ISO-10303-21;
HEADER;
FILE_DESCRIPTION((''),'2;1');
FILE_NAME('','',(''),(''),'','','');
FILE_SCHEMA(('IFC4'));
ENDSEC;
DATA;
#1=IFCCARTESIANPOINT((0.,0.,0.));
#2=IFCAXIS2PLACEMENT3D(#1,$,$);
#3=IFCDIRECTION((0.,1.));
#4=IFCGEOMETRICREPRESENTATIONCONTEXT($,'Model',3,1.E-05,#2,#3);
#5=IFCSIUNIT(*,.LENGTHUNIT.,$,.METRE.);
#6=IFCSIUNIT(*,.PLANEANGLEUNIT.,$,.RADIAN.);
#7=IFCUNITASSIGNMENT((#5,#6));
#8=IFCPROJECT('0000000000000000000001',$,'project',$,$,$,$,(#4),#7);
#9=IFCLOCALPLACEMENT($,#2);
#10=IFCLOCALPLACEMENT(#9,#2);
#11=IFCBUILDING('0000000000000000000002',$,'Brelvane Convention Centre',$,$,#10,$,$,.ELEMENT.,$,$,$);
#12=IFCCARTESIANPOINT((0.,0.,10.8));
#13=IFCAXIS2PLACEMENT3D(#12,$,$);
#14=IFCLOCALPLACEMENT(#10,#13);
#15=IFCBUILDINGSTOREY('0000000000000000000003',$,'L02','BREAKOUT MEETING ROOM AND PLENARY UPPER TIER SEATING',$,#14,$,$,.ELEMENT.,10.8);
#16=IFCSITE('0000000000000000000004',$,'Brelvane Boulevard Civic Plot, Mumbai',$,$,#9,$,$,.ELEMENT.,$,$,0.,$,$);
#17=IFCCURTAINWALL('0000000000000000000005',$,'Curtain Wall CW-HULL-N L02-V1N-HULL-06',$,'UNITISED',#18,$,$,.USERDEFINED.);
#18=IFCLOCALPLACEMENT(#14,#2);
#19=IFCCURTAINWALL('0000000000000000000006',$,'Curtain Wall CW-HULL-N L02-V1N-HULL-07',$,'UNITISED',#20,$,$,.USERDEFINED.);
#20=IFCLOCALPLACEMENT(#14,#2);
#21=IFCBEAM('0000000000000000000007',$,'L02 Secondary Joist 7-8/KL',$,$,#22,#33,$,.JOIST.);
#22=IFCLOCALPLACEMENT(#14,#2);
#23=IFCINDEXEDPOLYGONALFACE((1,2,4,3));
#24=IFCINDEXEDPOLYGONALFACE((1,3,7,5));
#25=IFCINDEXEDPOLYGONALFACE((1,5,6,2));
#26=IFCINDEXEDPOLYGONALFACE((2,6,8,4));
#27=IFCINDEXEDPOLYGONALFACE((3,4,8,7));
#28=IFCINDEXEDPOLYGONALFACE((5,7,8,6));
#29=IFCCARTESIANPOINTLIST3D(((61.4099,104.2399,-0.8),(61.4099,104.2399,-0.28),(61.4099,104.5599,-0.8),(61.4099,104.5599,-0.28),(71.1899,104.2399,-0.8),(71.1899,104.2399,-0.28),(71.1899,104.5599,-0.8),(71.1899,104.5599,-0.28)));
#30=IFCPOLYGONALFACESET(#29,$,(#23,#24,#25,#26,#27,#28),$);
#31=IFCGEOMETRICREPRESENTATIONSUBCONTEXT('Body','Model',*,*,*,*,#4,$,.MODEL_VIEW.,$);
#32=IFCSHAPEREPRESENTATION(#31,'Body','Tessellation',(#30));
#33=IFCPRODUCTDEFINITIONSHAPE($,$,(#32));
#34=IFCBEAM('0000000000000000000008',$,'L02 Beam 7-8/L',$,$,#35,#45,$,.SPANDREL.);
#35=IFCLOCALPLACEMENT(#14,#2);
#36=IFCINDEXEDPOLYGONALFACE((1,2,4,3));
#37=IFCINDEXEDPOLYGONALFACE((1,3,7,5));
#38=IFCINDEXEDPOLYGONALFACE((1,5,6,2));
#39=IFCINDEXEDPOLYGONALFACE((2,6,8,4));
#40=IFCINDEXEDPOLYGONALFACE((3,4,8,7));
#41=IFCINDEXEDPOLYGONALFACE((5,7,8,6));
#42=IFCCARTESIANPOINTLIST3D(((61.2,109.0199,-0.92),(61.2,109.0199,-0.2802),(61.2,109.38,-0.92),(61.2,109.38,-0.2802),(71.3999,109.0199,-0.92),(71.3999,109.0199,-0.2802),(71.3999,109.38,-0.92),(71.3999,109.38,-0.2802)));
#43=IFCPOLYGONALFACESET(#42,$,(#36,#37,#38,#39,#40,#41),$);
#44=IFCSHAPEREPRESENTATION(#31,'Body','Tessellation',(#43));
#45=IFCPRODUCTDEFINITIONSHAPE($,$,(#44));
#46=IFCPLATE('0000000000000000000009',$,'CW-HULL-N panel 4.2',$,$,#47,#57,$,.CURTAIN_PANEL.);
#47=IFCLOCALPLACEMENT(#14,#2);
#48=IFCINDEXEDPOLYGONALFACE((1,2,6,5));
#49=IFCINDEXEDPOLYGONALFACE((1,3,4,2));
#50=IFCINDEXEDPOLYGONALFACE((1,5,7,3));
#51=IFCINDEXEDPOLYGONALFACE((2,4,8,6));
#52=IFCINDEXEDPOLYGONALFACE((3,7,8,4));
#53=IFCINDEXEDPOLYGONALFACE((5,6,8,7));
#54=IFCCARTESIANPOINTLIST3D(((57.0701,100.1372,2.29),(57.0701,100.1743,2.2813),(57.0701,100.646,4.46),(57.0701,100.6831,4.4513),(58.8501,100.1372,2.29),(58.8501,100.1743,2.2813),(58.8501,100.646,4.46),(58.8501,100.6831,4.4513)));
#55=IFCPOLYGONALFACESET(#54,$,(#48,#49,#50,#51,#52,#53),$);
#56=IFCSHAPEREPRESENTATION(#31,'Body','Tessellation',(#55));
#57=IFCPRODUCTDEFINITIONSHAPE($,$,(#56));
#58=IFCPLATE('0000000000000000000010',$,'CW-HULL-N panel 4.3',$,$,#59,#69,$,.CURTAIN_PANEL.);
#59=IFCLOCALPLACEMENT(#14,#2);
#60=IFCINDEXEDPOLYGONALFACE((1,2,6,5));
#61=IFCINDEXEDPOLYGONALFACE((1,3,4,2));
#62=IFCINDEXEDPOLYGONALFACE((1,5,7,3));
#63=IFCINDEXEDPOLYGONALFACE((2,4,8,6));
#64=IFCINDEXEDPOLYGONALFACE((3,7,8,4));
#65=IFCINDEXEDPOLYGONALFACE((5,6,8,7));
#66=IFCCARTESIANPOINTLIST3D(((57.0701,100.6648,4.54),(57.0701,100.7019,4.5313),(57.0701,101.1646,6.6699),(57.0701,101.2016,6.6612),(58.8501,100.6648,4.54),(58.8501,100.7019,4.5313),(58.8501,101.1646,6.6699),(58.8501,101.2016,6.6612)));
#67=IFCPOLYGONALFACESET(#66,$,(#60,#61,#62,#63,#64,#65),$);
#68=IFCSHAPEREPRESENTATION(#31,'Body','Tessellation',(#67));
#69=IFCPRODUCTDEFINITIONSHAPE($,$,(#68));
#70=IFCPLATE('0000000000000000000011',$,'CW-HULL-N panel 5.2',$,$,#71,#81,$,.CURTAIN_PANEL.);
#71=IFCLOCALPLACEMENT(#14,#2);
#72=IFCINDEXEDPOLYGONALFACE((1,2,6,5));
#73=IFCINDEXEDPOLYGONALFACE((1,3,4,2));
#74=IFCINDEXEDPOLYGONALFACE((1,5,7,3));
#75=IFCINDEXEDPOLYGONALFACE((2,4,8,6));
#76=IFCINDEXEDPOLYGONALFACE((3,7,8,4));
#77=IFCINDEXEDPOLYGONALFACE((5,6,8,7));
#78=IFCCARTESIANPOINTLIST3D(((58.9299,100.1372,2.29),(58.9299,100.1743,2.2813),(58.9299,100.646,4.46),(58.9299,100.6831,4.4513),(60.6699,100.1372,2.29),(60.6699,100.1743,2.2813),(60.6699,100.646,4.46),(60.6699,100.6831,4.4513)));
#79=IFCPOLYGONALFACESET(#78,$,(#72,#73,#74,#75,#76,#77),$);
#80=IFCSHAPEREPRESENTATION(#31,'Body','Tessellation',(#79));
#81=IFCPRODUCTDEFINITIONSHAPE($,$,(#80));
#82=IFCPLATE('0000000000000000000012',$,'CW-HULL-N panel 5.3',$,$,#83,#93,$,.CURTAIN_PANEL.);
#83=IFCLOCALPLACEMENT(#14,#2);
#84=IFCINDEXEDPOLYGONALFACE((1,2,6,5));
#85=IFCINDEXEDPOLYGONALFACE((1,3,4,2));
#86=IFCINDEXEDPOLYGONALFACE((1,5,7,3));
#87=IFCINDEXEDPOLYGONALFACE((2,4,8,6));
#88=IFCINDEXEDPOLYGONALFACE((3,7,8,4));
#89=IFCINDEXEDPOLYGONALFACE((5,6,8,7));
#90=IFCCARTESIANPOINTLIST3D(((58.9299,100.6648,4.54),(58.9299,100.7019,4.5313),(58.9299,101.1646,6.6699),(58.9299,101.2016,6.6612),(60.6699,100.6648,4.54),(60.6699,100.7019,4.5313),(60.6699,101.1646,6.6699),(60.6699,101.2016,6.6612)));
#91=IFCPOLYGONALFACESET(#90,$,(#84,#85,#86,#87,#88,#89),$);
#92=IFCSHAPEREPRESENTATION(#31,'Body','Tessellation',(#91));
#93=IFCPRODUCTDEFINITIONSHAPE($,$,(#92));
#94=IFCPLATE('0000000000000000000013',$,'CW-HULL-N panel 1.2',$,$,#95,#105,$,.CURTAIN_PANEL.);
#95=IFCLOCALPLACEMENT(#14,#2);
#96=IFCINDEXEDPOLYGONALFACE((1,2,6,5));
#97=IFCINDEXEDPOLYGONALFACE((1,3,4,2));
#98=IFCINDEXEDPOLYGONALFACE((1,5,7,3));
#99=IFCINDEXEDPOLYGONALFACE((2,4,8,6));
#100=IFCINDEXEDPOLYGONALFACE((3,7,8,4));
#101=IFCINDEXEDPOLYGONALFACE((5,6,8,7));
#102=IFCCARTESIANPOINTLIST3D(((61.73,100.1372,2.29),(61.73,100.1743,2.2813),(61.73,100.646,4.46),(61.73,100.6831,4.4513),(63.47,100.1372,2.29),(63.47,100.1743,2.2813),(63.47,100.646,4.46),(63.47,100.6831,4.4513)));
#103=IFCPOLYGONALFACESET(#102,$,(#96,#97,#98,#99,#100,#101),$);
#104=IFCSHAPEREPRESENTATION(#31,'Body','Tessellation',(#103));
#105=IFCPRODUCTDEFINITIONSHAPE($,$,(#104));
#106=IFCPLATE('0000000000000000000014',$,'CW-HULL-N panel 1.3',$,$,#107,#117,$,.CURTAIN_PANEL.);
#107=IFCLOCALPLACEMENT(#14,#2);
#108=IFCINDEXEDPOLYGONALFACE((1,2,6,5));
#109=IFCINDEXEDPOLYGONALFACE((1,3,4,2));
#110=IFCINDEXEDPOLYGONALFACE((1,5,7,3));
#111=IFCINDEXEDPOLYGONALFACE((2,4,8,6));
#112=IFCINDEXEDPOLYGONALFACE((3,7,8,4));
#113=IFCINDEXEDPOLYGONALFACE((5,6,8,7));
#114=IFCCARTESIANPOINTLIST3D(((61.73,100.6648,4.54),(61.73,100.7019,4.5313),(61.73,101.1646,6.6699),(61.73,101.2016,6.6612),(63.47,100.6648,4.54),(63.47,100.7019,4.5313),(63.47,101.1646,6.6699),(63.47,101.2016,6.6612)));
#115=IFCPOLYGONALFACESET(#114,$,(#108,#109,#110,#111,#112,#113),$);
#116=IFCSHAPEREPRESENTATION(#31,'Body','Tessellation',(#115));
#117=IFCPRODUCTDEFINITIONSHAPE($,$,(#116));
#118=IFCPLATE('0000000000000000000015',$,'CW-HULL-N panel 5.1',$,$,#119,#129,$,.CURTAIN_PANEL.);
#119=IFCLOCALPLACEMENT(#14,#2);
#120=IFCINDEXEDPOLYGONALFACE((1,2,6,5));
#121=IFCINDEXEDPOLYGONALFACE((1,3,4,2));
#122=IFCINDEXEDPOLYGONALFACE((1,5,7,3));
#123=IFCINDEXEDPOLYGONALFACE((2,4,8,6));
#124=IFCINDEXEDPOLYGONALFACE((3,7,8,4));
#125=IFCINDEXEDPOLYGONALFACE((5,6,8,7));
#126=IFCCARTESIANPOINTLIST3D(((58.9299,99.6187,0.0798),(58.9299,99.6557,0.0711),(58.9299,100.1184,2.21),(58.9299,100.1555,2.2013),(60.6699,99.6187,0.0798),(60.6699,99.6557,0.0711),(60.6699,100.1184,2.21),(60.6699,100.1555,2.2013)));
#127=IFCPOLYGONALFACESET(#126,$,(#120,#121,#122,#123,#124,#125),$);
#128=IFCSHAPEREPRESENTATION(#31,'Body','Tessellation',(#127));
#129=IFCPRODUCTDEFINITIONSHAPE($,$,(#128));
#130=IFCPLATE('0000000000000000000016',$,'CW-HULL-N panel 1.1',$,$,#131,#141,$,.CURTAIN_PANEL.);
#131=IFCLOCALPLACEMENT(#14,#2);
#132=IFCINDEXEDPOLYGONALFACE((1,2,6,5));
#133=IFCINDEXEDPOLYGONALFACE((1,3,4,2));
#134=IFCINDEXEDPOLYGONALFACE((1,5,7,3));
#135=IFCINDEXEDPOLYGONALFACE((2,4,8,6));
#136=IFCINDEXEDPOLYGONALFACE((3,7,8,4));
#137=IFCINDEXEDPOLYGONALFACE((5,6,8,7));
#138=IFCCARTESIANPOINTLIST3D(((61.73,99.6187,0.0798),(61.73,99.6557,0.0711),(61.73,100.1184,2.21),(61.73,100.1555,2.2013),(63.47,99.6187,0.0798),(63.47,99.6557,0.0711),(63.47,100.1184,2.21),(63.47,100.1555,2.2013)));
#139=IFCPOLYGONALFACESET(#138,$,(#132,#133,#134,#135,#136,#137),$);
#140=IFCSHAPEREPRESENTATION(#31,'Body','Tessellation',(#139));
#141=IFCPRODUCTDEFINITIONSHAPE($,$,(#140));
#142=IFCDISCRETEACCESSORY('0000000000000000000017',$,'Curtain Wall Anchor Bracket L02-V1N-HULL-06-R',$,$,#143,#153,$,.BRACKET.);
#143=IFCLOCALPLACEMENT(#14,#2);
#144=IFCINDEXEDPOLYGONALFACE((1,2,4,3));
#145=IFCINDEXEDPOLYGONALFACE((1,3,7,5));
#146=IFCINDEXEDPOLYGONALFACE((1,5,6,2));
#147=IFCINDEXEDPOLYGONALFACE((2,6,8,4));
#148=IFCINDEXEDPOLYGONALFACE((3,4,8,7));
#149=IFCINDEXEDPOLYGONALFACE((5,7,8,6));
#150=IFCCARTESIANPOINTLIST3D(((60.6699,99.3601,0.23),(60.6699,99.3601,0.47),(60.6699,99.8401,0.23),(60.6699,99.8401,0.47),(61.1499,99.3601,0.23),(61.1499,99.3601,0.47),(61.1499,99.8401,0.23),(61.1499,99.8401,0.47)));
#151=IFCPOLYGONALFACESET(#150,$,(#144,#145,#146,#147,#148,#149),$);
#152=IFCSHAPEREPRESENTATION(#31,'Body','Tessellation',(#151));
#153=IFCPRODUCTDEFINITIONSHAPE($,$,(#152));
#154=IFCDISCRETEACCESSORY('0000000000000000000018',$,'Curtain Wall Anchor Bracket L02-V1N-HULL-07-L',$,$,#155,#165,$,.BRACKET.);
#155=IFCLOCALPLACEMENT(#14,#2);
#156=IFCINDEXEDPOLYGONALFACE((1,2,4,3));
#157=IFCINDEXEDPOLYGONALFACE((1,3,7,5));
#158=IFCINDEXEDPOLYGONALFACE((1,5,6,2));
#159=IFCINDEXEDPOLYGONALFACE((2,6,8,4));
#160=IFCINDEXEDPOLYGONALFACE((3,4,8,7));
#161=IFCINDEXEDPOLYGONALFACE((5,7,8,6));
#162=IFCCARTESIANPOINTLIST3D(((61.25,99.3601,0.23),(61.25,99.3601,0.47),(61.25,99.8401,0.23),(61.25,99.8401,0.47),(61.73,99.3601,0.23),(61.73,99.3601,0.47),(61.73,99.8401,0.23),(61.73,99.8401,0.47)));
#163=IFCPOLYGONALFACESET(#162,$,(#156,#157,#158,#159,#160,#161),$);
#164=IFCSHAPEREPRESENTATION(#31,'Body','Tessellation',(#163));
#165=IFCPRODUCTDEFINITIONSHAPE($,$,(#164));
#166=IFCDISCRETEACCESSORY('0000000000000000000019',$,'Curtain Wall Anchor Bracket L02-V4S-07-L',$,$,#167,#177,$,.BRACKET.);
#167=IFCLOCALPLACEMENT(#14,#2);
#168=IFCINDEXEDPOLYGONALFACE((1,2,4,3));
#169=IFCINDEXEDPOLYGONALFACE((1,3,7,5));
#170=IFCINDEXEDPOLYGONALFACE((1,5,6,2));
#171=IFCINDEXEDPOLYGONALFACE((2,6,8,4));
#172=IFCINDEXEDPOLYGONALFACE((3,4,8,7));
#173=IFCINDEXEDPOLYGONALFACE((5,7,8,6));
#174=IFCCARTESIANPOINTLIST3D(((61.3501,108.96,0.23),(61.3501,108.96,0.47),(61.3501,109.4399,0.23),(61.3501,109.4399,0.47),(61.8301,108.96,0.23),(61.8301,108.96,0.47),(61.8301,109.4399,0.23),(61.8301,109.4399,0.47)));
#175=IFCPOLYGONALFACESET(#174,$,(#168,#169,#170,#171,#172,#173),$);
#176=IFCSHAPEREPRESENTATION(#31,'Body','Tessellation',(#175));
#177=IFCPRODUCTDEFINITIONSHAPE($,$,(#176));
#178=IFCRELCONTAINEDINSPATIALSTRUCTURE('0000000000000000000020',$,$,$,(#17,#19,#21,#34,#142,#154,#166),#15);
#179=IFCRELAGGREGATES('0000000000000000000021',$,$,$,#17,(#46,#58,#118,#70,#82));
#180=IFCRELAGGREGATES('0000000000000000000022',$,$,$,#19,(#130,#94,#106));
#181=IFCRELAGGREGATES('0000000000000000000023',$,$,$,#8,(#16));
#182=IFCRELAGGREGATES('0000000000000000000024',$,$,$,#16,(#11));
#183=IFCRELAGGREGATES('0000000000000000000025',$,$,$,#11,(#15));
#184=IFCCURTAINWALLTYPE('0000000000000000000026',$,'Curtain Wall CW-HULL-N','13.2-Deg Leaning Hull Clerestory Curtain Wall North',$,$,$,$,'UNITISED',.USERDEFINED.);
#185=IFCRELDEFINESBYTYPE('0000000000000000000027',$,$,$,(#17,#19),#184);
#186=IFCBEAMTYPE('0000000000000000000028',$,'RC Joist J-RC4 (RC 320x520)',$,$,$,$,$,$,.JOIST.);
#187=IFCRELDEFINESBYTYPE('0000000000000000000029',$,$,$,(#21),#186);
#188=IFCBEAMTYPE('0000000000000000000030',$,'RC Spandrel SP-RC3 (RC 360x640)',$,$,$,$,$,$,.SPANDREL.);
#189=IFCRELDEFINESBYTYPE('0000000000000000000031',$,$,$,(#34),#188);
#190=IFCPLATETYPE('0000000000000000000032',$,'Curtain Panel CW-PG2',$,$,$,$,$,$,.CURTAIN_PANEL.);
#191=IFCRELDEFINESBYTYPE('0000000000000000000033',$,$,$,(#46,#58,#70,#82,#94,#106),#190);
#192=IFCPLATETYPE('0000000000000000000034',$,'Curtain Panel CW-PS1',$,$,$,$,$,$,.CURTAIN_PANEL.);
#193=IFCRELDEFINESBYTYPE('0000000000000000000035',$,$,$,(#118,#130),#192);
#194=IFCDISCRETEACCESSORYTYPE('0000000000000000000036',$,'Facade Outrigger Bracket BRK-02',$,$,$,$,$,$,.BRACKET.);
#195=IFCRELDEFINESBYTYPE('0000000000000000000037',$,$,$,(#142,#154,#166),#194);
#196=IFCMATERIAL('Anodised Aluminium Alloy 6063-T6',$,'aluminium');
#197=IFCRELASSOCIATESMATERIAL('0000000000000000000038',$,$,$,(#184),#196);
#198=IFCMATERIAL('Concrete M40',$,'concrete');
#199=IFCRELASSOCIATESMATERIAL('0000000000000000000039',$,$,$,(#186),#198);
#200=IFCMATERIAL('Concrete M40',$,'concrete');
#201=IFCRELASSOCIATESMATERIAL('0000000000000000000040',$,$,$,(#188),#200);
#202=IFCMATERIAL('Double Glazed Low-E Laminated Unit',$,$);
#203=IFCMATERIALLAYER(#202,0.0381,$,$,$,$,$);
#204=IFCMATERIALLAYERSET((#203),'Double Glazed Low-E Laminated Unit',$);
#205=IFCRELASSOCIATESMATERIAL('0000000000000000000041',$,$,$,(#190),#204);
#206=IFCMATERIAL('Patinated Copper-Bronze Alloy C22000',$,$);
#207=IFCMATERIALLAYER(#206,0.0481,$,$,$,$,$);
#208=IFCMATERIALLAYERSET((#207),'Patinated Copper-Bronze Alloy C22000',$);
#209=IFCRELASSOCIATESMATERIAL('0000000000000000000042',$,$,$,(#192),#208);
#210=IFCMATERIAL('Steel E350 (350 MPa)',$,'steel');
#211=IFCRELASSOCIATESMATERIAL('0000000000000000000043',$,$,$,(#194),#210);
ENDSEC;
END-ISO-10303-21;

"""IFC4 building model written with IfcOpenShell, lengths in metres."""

from ifc_helpers import new_model, si_unit, direction, frame, origin, origin_2d, place, context, subcontext, project, spatial, polyline, rectangle, outline, extrude, material, layer, layer_set, material_profile, profile_set, type_object, element, aggregate, save


model = new_model("IFC4")

# Units and contexts
model_context = context("Model", 3, precision=1e-05, world=origin(), true_north=direction((0.0, 1.0)))
body_context = subcontext(model_context, "Body", "Model", "MODEL_VIEW")
ifc_project = project(units=[si_unit("LENGTHUNIT", "METRE"), si_unit("PLANEANGLEUNIT", "RADIAN")], contexts=[model_context])

# Site, building, storey
site_placement = place(None, origin())
site = spatial("IfcSite", under=ifc_project, at=site_placement, Name="Brelvane Boulevard Civic Plot, Mumbai", CompositionType="ELEMENT", RefElevation=0.0)
building_placement = place(site_placement, origin())
building = spatial("IfcBuilding", under=site, at=building_placement, Name="Brelvane Convention Centre", CompositionType="ELEMENT")
storey_placement = place(building_placement, frame((0.0, 0.0, 10.8)))
storey = spatial("IfcBuildingStorey", under=building, at=storey_placement, Name="L02", Description="BREAKOUT MEETING ROOM AND PLENARY UPPER TIER SEATING", CompositionType="ELEMENT", Elevation=10.8)

# Curtain wall
ifc_material_1 = material(Name="Anodised Aluminium Alloy 6063-T6", Category="aluminium")
curtain_wall_type_1 = type_object("IfcCurtainWallType", Name="Curtain Wall CW-HULL-N", Description="13.2-Deg Leaning Hull Clerestory Curtain Wall North", ElementType="UNITISED", PredefinedType="USERDEFINED", material=ifc_material_1)
curtain_wall_1_placement = place(storey_placement, origin())
curtain_wall_1 = element("IfcCurtainWall", 1, at=curtain_wall_1_placement, inside=storey, type_object=curtain_wall_type_1, Name="Curtain Wall CW-HULL-N L02-V1N-HULL-06", ObjectType="UNITISED", PredefinedType="USERDEFINED")

# Curtain wall
curtain_wall_2_placement = place(storey_placement, origin())
curtain_wall_2 = element("IfcCurtainWall", 2, at=curtain_wall_2_placement, inside=storey, type_object=curtain_wall_type_1, Name="Curtain Wall CW-HULL-N L02-V1N-HULL-07", ObjectType="UNITISED", PredefinedType="USERDEFINED")

# Beams
ifc_material_2 = material(Name="Concrete M40", Category="concrete")
ifc_material_profile_1 = material_profile(ifc_material_2, rectangle(XDim=0.3201, YDim=0.52, at=origin_2d()), Name="RC 320x520")
ifc_profile_set_1 = profile_set([ifc_material_profile_1], Name="Concrete M40")
beam_type_1 = type_object("IfcBeamType", Name="RC Joist J-RC4 (RC 320x520)", PredefinedType="JOIST", material=ifc_profile_set_1)
beam_1_placement = place(storey_placement, frame((61.4099, 104.3999, -0.54), z_axis=(1.0, 0.0, 0.0), x_axis=(0.0, 1.0, 0.0)))
element("IfcBeam", 3, at=beam_1_placement, inside=storey, type_object=beam_type_1, Name="L02 Secondary Joist 7-8/KL", PredefinedType="JOIST", context=body_context, shape_type="SweptSolid", body=[
    extrude(rectangle(XDim=0.3201, YDim=0.52, at=origin_2d()), origin(), (0.0, 0.0, 1.0), 9.78),
])
ifc_material_3 = material(Name="Concrete M40", Category="concrete")
ifc_material_profile_2 = material_profile(ifc_material_3, rectangle(XDim=0.3601, YDim=0.6399, at=origin_2d()), Name="RC 360x640")
ifc_profile_set_2 = profile_set([ifc_material_profile_2], Name="Concrete M40")
beam_type_2 = type_object("IfcBeamType", Name="RC Spandrel SP-RC3 (RC 360x640)", PredefinedType="SPANDREL", material=ifc_profile_set_2)
beam_2_placement = place(storey_placement, frame((61.2, 109.2, -0.6001), z_axis=(1.0, 0.0, 0.0), x_axis=(0.0, 1.0, 0.0)))
element("IfcBeam", 4, at=beam_2_placement, inside=storey, type_object=beam_type_2, Name="L02 Beam 7-8/L", PredefinedType="SPANDREL", context=body_context, shape_type="SweptSolid", body=[
    extrude(rectangle(XDim=0.3601, YDim=0.6399, at=origin_2d()), origin(), (0.0, 0.0, 1.0), 10.2),
])

# Plates
ifc_material_4 = material(Name="Double Glazed Low-E Laminated Unit")
ifc_layer_1 = layer(ifc_material_4, 0.0381)
ifc_layer_set_1 = layer_set([ifc_layer_1], Name="Double Glazed Low-E Laminated Unit")
plate_type_1 = type_object("IfcPlateType", Name="Curtain Panel CW-PG2", PredefinedType="CURTAIN_PANEL", material=ifc_layer_set_1)
plate_1_placement = place(storey_placement, frame((57.0701, 100.1372, 2.29), z_axis=(0.0, -0.973595, 0.228282), x_axis=(1.0, 0.0, 0.0)))
plate_1 = element("IfcPlate", 5, at=plate_1_placement, type_object=plate_type_1, Name="CW-HULL-N panel 4.2", PredefinedType="CURTAIN_PANEL", context=body_context, shape_type="SweptSolid", body=[
    extrude(outline(polyline([(0.0, 0.0), (1.78, 0.0), (1.78, 2.2288), (0.0, 2.2288), (0.0, 0.0)])), origin(), (0.0, 0.0, -1.0), 0.0381),
])
plate_2_placement = place(storey_placement, frame((57.0701, 100.6648, 4.54), z_axis=(0.0, -0.973559, 0.228436), x_axis=(1.0, 0.0, 0.0)))
plate_2 = element("IfcPlate", 6, at=plate_2_placement, type_object=plate_type_1, Name="CW-HULL-N panel 4.3", PredefinedType="CURTAIN_PANEL", context=body_context, shape_type="SweptSolid", body=[
    extrude(outline(polyline([(0.0, 0.0), (1.78, 0.0), (1.78, 2.1877), (0.0, 2.1877), (0.0, 0.0)])), origin(), (0.0, 0.0, -1.0), 0.0381),
])
plate_3_placement = place(storey_placement, frame((58.9299, 100.1372, 2.29), z_axis=(0.0, -0.973595, 0.228282), x_axis=(1.0, 0.0, 0.0)))
plate_3 = element("IfcPlate", 7, at=plate_3_placement, type_object=plate_type_1, Name="CW-HULL-N panel 5.2", PredefinedType="CURTAIN_PANEL", context=body_context, shape_type="SweptSolid", body=[
    extrude(outline(polyline([(0.0, 0.0), (1.74, 0.0), (1.74, 2.2288), (0.0, 2.2288), (0.0, 0.0)])), origin(), (0.0, 0.0, -1.0), 0.0381),
])
plate_4_placement = place(storey_placement, frame((58.9299, 100.6648, 4.54), z_axis=(0.0, -0.973559, 0.228436), x_axis=(1.0, 0.0, 0.0)))
plate_4 = element("IfcPlate", 8, at=plate_4_placement, type_object=plate_type_1, Name="CW-HULL-N panel 5.3", PredefinedType="CURTAIN_PANEL", context=body_context, shape_type="SweptSolid", body=[
    extrude(outline(polyline([(0.0, 0.0), (1.74, 0.0), (1.74, 2.1877), (0.0, 2.1877), (0.0, 0.0)])), origin(), (0.0, 0.0, -1.0), 0.0381),
])
plate_5_placement = place(storey_placement, frame((61.73, 100.1372, 2.29), z_axis=(0.0, -0.973595, 0.228282), x_axis=(1.0, 0.0, 0.0)))
plate_5 = element("IfcPlate", 9, at=plate_5_placement, type_object=plate_type_1, Name="CW-HULL-N panel 1.2", PredefinedType="CURTAIN_PANEL", context=body_context, shape_type="SweptSolid", body=[
    extrude(outline(polyline([(0.0, 0.0), (1.74, 0.0), (1.74, 2.2288), (0.0, 2.2288), (0.0, 0.0)])), origin(), (0.0, 0.0, -1.0), 0.0381),
])
plate_6_placement = place(storey_placement, frame((61.73, 100.6648, 4.54), z_axis=(0.0, -0.973559, 0.228436), x_axis=(1.0, 0.0, 0.0)))
plate_6 = element("IfcPlate", 10, at=plate_6_placement, type_object=plate_type_1, Name="CW-HULL-N panel 1.3", PredefinedType="CURTAIN_PANEL", context=body_context, shape_type="SweptSolid", body=[
    extrude(outline(polyline([(0.0, 0.0), (1.74, 0.0), (1.74, 2.1877), (0.0, 2.1877), (0.0, 0.0)])), origin(), (0.0, 0.0, -1.0), 0.0381),
])
ifc_material_5 = material(Name="Patinated Copper-Bronze Alloy C22000")
ifc_layer_2 = layer(ifc_material_5, 0.0481)
ifc_layer_set_2 = layer_set([ifc_layer_2], Name="Patinated Copper-Bronze Alloy C22000")
plate_type_2 = type_object("IfcPlateType", Name="Curtain Panel CW-PS1", PredefinedType="CURTAIN_PANEL", material=ifc_layer_set_2)
plate_7_placement = place(storey_placement, frame((58.9299, 99.6187, 0.0798), z_axis=(0.0, -0.973565, 0.228411), x_axis=(1.0, 0.0, 0.0)))
plate_7 = element("IfcPlate", 11, at=plate_7_placement, type_object=plate_type_2, Name="CW-HULL-N panel 5.1", PredefinedType="CURTAIN_PANEL", context=body_context, shape_type="SweptSolid", body=[
    extrude(outline(polyline([(0.0, 0.0), (1.74, 0.0), (1.74, 2.188), (0.0, 2.188), (0.0, 0.0)])), origin(), (0.0, 0.0, -1.0), 0.0381),
])
aggregate(curtain_wall_1, [plate_1, plate_2, plate_7, plate_3, plate_4])
plate_8_placement = place(storey_placement, frame((61.73, 99.6187, 0.0798), z_axis=(0.0, -0.973565, 0.228411), x_axis=(1.0, 0.0, 0.0)))
plate_8 = element("IfcPlate", 12, at=plate_8_placement, type_object=plate_type_2, Name="CW-HULL-N panel 1.1", PredefinedType="CURTAIN_PANEL", context=body_context, shape_type="SweptSolid", body=[
    extrude(outline(polyline([(0.0, 0.0), (1.74, 0.0), (1.74, 2.188), (0.0, 2.188), (0.0, 0.0)])), origin(), (0.0, 0.0, -1.0), 0.0381),
])
aggregate(curtain_wall_2, [plate_8, plate_5, plate_6])

# Discrete accessories
ifc_material_6 = material(Name="Steel E350 (350 MPa)", Category="steel")
discrete_accessory_type = type_object("IfcDiscreteAccessoryType", Name="Facade Outrigger Bracket BRK-02", PredefinedType="BRACKET", material=ifc_material_6)
for number, where, z_axis, x_axis, name in (
    (13, (60.9099, 99.6001, 0.23), (0.0, 0.0, 1.0), (1.0, 0.0, 0.0), "Curtain Wall Anchor Bracket L02-V1N-HULL-06-R"),
    (14, (61.49, 99.6001, 0.23), (0.0, 0.0, 1.0), (1.0, 0.0, 0.0), "Curtain Wall Anchor Bracket L02-V1N-HULL-07-L"),
    (15, (61.5901, 109.2, 0.23), (0.0, 0.0, 1.0), (1.0, 0.0, 0.0), "Curtain Wall Anchor Bracket L02-V4S-07-L"),
):
    element("IfcDiscreteAccessory", number, at=place(storey_placement, frame(where, z_axis=z_axis, x_axis=x_axis)), inside=storey, type_object=discrete_accessory_type, Name=name, PredefinedType="BRACKET", context=body_context, shape_type="SweptSolid", body=[
        extrude(rectangle(XDim=0.48, YDim=0.48, at=origin_2d()), origin(), (0.0, 0.0, 1.0), 0.24),
    ])

save(model, "model.ifc")
